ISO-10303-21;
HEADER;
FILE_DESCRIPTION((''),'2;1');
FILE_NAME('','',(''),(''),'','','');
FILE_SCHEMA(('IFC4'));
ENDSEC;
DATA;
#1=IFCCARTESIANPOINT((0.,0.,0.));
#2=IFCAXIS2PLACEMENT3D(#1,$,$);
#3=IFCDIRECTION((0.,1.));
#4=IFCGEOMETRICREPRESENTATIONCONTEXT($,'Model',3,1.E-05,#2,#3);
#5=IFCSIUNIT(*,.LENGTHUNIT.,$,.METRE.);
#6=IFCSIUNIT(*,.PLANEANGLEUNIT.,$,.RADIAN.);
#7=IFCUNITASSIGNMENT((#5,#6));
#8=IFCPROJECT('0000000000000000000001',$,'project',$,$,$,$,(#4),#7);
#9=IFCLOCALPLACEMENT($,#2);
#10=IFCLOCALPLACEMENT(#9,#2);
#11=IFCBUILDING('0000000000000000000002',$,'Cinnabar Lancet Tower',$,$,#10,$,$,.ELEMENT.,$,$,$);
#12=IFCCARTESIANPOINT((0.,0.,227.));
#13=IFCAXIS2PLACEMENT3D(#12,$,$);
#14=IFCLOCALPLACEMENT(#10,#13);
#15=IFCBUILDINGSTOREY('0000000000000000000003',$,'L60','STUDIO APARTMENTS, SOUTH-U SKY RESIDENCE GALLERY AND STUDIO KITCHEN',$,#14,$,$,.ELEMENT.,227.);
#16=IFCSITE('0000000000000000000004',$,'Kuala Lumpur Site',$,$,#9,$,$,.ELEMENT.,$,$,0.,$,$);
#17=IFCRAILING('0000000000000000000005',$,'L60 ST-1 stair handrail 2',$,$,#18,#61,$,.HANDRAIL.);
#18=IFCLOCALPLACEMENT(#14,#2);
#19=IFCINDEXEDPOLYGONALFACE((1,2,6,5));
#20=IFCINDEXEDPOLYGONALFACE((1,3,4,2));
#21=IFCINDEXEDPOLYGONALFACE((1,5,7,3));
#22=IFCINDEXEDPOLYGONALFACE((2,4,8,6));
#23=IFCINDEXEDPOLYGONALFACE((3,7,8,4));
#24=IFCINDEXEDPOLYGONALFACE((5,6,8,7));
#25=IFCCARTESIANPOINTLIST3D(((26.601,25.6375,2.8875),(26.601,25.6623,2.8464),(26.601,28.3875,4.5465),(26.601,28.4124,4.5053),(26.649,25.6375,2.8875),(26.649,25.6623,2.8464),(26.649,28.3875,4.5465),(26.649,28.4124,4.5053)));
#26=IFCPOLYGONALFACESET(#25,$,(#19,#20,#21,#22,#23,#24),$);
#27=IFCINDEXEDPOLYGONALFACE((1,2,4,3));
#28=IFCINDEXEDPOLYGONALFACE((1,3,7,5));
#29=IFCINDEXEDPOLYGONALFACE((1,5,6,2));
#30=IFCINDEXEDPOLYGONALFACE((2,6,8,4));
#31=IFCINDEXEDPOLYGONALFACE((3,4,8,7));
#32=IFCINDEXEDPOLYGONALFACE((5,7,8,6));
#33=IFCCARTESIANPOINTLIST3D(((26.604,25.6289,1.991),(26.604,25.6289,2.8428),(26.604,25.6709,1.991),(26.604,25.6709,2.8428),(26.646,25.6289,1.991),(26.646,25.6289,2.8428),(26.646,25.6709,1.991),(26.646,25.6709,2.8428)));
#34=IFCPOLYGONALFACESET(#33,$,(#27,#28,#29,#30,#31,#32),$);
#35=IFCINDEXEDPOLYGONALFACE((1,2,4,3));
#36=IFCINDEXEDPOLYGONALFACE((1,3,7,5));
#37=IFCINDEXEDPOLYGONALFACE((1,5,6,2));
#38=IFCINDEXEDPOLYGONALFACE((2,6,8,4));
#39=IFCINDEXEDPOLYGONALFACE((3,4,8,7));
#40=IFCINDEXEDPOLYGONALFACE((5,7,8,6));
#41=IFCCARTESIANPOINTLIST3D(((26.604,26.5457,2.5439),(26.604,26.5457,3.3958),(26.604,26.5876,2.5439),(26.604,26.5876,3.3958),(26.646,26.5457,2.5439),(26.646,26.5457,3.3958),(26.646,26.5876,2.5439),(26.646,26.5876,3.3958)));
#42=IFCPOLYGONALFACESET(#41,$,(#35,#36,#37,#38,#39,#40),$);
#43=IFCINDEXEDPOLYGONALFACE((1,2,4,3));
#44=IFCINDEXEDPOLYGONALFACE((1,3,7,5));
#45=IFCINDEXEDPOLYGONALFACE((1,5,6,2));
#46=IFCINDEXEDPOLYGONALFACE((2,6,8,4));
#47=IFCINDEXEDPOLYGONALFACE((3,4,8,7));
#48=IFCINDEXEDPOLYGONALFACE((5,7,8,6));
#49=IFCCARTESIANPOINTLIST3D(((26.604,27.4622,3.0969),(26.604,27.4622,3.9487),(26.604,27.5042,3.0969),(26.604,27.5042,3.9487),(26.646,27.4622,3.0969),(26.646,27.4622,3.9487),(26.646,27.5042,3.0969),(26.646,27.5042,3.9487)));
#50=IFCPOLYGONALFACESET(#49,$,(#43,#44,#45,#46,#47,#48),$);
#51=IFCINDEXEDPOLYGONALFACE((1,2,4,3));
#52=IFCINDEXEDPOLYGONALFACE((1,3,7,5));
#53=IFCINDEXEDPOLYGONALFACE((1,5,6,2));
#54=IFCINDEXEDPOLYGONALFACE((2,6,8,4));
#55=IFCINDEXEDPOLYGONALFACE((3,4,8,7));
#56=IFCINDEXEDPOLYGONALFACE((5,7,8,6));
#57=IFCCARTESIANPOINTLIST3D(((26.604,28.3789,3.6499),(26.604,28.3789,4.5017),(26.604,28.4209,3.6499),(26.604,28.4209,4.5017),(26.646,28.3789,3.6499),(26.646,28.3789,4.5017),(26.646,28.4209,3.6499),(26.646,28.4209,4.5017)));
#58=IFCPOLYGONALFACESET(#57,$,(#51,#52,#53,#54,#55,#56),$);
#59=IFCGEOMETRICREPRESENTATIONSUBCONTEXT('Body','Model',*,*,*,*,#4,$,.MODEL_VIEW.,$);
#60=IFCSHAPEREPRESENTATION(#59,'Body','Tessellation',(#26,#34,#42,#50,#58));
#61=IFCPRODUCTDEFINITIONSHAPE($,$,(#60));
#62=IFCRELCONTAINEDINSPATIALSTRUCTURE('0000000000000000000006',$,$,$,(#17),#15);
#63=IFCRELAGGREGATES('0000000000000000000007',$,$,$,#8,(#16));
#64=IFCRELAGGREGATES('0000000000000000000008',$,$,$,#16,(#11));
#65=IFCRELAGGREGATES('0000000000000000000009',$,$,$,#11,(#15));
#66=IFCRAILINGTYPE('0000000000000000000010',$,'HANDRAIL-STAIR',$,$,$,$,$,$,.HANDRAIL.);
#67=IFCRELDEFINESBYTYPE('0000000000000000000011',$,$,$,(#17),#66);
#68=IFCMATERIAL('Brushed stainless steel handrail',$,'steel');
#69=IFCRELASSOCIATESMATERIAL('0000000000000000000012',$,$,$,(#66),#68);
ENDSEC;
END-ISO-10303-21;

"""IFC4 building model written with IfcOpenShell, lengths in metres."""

from ifc_helpers import new_model, si_unit, direction, frame, origin, origin_2d, place, context, subcontext, project, spatial, rectangle, extrude, material, type_object, element, save


model = new_model("IFC4")

# Units and contexts
model_context = context("Model", 3, precision=1e-05, world=origin(), true_north=direction((0.0, 1.0)))
body_context = subcontext(model_context, "Body", "Model", "MODEL_VIEW")
ifc_project = project(units=[si_unit("LENGTHUNIT", "METRE"), si_unit("PLANEANGLEUNIT", "RADIAN")], contexts=[model_context])

# Site, building, storey
site_placement = place(None, origin())
site = spatial("IfcSite", under=ifc_project, at=site_placement, Name="Kuala Lumpur Site", CompositionType="ELEMENT", RefElevation=0.0)
building_placement = place(site_placement, origin())
building = spatial("IfcBuilding", under=site, at=building_placement, Name="Cinnabar Lancet Tower", CompositionType="ELEMENT")
storey_placement = place(building_placement, frame((0.0, 0.0, 227.0)))
storey = spatial("IfcBuildingStorey", under=building, at=storey_placement, Name="L60", Description="STUDIO APARTMENTS, SOUTH-U SKY RESIDENCE GALLERY AND STUDIO KITCHEN", CompositionType="ELEMENT", Elevation=227.0)

# Railing
ifc_material_1 = material(Name="Brushed stainless steel handrail", Category="steel")
railing_type_1 = type_object("IfcRailingType", Name="HANDRAIL-STAIR", PredefinedType="HANDRAIL", material=ifc_material_1)
railing_1_placement = place(storey_placement, frame((26.625, 25.6499, 1.991)))
element("IfcRailing", 1, at=railing_1_placement, inside=storey, type_object=railing_type_1, Name="L60 ST-1 stair handrail 2", PredefinedType="HANDRAIL", context=body_context, shape_type="SweptSolid", body=[
    extrude(rectangle(XDim=0.0481, YDim=0.0481, at=origin_2d()), frame((0.0, 0.0, 0.876), z_axis=(0.0, 0.856263, 0.51654), x_axis=(-1.0, 0.0, 0.0)), (0.0, 0.0, 1.0), 3.2117),
    extrude(rectangle(XDim=0.042, YDim=0.042, at=origin_2d()), origin(), (0.0, 0.0, 1.0), 0.8518),
    extrude(rectangle(XDim=0.042, YDim=0.042, at=origin_2d()), frame((0.0, 0.9167, 0.553)), (0.0, 0.0, 1.0), 0.8518),
    extrude(rectangle(XDim=0.042, YDim=0.042, at=origin_2d()), frame((0.0, 1.8333, 1.106)), (0.0, 0.0, 1.0), 0.8518),
    extrude(rectangle(XDim=0.042, YDim=0.042, at=origin_2d()), frame((0.0, 2.75, 1.6589)), (0.0, 0.0, 1.0), 0.8518),
])

save(model, "model.ifc")
